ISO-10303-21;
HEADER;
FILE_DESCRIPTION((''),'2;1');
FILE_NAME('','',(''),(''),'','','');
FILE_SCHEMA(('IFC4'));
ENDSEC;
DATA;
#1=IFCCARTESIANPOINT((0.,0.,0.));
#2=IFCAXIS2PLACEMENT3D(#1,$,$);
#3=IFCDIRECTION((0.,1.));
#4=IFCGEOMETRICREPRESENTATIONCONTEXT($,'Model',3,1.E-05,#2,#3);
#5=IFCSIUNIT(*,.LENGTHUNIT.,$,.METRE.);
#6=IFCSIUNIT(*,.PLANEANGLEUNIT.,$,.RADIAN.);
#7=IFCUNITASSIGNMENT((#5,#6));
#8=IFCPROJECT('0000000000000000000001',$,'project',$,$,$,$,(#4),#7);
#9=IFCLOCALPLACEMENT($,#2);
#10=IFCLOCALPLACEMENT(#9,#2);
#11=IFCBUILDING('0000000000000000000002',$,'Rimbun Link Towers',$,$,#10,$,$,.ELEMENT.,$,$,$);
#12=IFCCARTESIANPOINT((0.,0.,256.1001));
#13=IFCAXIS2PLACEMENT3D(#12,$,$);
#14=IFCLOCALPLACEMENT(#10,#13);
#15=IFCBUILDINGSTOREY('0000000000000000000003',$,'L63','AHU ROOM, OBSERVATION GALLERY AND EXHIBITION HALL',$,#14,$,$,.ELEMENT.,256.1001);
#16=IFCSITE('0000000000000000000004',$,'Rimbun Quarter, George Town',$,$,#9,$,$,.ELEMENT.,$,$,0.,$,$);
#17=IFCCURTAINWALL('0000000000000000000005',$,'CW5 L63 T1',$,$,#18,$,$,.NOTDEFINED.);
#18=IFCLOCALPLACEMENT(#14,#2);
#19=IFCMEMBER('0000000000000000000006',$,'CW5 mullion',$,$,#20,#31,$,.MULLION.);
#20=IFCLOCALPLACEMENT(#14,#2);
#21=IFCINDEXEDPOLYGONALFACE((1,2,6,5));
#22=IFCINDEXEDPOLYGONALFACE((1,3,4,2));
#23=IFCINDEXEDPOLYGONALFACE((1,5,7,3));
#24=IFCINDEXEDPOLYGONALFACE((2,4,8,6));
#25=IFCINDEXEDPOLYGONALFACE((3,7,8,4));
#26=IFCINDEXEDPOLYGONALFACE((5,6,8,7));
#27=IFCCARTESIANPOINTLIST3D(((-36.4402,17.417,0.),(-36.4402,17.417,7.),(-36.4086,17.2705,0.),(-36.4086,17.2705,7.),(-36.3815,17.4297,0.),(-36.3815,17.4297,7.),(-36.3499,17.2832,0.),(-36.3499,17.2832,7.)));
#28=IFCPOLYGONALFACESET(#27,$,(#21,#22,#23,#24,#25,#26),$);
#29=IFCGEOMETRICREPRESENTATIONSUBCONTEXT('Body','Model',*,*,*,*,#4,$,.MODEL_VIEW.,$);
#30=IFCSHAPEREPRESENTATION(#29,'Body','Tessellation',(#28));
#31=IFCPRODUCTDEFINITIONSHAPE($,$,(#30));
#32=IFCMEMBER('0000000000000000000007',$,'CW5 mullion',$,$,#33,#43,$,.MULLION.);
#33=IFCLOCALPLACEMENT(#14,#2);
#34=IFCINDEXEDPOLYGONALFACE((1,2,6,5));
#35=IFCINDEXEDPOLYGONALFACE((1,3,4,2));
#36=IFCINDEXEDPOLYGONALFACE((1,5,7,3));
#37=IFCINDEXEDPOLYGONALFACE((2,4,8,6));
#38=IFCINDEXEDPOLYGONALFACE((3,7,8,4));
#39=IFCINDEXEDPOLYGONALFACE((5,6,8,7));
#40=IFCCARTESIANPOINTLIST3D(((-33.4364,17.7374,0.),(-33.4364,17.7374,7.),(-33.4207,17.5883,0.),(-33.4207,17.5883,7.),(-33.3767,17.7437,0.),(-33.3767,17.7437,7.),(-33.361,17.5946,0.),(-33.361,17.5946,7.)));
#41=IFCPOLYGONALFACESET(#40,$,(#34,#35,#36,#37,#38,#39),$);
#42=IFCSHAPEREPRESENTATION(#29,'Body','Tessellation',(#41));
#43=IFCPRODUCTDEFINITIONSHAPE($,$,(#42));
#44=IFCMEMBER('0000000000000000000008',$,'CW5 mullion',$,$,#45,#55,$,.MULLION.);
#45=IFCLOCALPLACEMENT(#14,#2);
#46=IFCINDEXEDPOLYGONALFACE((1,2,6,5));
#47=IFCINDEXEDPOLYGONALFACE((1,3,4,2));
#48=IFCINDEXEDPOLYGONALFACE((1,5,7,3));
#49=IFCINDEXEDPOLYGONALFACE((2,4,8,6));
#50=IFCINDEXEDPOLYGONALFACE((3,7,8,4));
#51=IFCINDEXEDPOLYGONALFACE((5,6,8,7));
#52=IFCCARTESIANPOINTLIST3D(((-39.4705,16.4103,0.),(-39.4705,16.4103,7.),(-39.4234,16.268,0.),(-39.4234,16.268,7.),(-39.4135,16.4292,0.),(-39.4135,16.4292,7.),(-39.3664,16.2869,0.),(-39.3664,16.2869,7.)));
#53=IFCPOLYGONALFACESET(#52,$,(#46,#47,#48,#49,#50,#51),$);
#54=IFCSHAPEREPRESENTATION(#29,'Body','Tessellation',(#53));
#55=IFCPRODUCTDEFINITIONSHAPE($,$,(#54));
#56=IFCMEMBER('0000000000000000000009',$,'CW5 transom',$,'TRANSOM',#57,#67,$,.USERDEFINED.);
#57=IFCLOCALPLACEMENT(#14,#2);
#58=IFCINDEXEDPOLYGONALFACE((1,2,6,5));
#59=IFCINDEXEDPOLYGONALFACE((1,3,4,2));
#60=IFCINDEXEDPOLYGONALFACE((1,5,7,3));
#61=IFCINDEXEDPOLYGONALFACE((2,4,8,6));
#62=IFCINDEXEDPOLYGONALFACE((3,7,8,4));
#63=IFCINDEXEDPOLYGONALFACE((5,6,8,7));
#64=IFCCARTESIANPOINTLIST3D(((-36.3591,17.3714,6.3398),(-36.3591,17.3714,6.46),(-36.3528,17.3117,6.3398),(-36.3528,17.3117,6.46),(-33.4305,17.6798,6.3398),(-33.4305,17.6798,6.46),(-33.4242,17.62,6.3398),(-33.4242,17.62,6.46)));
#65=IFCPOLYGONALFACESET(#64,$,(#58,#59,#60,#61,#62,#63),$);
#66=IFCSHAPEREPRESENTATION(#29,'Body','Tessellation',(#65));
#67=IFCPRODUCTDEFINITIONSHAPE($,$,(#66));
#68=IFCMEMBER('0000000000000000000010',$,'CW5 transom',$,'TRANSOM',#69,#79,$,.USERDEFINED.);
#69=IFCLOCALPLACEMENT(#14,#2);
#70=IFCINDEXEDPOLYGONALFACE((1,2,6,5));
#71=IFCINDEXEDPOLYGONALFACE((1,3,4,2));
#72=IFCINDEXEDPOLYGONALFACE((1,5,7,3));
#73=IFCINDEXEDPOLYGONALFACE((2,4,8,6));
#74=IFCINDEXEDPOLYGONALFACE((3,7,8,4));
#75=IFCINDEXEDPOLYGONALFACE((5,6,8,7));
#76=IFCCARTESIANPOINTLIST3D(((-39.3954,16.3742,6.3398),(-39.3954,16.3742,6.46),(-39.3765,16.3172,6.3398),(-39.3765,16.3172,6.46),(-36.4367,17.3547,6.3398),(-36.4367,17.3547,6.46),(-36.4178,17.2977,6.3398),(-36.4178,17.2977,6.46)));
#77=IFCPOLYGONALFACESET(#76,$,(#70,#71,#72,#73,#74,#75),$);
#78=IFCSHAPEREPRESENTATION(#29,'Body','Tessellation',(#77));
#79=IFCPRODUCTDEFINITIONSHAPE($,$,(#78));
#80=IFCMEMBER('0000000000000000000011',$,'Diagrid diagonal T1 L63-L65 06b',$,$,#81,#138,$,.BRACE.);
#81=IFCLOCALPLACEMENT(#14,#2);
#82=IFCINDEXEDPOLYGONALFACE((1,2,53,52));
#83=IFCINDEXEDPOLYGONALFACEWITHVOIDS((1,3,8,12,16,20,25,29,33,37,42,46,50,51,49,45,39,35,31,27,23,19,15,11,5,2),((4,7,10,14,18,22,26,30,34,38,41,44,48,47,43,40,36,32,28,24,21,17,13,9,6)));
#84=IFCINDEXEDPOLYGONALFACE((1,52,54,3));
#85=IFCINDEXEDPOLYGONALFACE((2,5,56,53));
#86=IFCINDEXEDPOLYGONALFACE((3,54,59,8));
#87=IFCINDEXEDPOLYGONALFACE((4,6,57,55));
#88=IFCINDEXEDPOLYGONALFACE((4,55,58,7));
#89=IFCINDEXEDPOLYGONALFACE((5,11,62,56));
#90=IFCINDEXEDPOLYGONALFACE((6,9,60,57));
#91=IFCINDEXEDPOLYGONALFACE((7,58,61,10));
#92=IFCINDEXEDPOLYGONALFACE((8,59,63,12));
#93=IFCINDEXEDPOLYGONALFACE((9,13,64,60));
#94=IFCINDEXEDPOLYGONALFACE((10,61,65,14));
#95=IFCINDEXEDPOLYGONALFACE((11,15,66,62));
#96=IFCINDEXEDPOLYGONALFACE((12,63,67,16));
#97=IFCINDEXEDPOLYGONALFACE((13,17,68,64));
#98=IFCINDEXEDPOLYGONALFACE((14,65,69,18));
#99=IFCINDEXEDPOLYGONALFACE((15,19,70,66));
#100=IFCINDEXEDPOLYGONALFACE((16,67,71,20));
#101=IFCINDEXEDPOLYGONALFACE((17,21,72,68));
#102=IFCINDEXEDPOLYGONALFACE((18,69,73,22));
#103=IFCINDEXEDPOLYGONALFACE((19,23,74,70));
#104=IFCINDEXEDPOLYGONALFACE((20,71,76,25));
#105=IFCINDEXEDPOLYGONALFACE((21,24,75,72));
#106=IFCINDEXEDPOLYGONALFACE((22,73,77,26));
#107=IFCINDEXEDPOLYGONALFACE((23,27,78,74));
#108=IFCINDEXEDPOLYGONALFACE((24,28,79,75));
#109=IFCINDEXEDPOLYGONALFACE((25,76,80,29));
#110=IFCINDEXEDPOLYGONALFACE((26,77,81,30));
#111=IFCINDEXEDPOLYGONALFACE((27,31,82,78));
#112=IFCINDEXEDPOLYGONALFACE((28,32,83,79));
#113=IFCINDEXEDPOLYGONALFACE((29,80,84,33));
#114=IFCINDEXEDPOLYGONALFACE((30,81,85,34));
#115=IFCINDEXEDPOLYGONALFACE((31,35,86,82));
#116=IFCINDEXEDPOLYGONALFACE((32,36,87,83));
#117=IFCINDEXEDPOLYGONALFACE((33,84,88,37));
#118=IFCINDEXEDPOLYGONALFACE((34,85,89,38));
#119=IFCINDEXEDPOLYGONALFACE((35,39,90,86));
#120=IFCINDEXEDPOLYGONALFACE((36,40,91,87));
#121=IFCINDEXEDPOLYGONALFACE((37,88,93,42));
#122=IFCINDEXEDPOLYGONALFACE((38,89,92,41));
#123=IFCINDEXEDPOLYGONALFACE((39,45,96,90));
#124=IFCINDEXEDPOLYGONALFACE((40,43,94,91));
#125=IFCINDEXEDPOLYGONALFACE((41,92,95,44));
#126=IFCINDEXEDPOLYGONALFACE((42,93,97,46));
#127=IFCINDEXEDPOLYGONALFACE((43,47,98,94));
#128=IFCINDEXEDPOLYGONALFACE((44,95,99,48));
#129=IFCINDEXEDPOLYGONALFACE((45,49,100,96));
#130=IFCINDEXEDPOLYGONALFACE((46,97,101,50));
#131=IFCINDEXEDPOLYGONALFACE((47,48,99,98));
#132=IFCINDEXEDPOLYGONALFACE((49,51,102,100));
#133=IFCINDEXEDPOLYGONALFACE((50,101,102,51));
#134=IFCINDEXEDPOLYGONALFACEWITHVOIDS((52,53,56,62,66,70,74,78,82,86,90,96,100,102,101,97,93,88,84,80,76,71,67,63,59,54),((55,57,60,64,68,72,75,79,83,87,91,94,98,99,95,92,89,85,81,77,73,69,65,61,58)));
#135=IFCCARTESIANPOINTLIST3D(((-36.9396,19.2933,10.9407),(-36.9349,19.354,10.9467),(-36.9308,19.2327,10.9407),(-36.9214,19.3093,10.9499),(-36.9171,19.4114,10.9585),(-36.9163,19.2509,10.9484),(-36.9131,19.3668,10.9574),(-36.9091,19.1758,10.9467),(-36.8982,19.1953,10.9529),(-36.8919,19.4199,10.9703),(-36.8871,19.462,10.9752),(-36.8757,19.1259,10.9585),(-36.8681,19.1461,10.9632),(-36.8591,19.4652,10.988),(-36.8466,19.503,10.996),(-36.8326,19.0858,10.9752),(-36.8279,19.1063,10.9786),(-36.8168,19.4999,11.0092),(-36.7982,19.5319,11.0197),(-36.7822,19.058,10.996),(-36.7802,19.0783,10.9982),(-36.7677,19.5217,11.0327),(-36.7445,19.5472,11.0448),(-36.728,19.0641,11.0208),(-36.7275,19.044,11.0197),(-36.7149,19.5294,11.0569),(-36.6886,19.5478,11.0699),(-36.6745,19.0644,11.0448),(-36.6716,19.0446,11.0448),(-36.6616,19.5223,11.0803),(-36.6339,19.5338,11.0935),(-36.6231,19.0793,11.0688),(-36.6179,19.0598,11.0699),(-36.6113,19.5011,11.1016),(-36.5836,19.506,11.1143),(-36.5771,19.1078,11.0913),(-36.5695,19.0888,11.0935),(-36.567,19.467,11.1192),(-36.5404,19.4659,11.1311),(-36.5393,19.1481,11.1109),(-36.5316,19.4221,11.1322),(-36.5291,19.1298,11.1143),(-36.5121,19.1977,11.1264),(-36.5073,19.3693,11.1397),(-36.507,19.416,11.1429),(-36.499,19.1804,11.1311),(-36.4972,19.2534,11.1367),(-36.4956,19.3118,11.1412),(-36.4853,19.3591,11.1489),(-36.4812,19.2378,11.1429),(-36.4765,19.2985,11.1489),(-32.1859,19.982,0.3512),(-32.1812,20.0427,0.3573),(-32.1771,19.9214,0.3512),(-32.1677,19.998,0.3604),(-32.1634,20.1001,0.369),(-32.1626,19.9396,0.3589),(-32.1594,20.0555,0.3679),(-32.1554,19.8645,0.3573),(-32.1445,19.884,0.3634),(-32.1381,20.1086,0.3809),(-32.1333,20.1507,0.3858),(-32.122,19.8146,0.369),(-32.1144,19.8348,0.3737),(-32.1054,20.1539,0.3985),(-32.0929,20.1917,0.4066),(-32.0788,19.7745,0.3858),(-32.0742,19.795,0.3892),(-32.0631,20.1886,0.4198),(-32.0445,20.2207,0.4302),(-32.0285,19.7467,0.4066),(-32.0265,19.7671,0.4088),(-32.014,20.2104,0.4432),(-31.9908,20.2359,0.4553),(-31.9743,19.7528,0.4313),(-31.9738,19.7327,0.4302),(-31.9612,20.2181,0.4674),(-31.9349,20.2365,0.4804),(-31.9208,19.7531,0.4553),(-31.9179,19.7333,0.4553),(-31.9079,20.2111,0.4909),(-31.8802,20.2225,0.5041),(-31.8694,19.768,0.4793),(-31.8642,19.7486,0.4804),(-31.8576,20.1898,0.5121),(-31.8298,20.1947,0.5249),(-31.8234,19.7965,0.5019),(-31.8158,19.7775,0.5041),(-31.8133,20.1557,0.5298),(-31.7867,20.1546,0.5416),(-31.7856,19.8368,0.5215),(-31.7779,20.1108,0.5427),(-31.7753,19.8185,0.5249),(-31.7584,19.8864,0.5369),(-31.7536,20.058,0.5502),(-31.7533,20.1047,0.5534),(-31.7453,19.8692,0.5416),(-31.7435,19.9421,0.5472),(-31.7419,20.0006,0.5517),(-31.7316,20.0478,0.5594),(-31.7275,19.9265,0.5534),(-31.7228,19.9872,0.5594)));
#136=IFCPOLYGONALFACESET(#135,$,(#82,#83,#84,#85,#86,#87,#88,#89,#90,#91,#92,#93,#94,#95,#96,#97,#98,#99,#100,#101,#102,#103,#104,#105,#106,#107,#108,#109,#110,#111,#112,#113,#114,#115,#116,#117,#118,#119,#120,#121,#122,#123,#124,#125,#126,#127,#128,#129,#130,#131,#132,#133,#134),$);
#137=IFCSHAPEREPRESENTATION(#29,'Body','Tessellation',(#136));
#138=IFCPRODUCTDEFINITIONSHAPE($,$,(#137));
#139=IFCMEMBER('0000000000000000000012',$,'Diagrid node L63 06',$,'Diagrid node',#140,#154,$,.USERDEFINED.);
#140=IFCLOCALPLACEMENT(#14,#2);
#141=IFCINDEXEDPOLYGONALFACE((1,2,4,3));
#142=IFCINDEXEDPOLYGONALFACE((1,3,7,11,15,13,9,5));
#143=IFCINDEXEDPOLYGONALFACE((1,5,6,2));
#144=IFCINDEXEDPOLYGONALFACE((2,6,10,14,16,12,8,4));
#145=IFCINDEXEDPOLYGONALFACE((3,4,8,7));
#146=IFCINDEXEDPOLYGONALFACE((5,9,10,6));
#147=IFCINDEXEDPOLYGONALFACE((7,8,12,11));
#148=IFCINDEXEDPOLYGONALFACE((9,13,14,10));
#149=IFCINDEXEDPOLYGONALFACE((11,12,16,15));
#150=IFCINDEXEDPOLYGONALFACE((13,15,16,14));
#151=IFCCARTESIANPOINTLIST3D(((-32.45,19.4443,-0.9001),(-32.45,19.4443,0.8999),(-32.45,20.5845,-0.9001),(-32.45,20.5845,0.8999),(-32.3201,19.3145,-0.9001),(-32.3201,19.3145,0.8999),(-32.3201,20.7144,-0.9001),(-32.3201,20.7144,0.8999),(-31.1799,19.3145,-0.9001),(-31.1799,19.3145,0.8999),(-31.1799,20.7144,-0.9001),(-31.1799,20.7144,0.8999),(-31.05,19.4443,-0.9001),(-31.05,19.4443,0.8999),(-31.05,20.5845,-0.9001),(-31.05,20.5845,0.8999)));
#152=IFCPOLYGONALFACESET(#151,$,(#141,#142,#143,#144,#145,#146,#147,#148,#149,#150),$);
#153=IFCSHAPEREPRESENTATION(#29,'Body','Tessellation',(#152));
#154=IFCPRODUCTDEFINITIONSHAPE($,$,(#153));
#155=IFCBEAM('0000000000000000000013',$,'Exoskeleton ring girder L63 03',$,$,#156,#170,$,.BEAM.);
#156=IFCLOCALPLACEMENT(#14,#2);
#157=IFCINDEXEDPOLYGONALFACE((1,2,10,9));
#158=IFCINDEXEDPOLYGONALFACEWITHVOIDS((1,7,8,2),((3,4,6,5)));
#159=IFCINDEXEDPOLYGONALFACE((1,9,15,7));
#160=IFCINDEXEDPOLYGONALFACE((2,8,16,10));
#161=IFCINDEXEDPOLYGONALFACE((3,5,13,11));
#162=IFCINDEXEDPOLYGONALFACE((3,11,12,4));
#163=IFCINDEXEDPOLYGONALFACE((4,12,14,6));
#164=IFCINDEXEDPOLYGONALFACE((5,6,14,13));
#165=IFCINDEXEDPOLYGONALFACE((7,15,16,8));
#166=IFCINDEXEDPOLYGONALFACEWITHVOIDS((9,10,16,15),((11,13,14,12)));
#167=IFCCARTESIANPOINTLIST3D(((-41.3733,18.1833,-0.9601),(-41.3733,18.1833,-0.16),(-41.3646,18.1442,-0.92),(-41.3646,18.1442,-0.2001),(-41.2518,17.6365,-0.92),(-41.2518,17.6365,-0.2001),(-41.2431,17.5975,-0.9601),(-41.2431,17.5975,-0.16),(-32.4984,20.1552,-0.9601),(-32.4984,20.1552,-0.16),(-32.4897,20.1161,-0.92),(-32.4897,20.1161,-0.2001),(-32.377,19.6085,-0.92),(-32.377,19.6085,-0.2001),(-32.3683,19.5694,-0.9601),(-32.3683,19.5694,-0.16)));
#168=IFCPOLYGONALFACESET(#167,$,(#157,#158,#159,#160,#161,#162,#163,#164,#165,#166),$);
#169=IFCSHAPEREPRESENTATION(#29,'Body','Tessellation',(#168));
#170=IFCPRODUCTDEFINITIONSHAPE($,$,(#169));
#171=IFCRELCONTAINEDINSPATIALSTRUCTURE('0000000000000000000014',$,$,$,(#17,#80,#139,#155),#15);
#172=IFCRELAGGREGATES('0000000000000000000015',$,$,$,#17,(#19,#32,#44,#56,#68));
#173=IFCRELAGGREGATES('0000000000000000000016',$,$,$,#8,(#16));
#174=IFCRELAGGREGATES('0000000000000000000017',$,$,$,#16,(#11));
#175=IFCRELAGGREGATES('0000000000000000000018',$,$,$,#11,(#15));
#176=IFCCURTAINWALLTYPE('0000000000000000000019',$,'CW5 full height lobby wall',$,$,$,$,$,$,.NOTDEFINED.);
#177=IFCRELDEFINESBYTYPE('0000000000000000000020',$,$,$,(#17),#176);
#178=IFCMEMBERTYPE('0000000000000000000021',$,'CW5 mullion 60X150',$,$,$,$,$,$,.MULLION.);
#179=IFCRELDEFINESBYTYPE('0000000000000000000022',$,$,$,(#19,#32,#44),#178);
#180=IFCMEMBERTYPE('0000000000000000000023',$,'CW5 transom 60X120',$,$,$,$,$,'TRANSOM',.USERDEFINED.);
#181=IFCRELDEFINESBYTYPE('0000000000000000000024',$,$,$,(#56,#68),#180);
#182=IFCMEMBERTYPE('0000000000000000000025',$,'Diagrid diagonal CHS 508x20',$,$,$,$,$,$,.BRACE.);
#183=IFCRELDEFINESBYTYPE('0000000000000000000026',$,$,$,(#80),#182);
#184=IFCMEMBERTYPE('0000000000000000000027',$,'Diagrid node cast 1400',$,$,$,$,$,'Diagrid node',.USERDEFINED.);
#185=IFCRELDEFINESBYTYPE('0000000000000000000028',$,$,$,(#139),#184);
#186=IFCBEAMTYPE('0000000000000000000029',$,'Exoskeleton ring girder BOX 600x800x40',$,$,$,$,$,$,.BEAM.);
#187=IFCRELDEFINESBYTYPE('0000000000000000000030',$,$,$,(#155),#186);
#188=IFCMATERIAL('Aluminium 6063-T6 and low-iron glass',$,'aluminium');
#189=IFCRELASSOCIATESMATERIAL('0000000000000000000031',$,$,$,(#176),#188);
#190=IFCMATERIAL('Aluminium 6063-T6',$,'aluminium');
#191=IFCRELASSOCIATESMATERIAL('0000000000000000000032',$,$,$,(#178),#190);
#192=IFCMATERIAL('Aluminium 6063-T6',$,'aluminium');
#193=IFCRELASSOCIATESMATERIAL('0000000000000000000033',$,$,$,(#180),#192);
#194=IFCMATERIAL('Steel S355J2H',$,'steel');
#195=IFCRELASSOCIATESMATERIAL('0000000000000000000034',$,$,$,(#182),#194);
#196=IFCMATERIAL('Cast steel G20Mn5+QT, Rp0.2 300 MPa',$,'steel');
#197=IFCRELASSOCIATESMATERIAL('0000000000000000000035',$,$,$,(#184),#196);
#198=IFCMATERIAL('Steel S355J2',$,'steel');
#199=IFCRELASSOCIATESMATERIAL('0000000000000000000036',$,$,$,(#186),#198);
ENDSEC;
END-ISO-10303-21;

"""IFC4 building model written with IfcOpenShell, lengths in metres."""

from ifc_helpers import new_model, si_unit, direction, frame, origin, origin_2d, place, context, subcontext, project, spatial, polyline, rectangle, hollow_rectangle, hollow_circle, outline, extrude, material, material_profile, profile_set, type_object, element, aggregate, save


model = new_model("IFC4")

# Units and contexts
model_context = context("Model", 3, precision=1e-05, world=origin(), true_north=direction((0.0, 1.0)))
body_context = subcontext(model_context, "Body", "Model", "MODEL_VIEW")
ifc_project = project(units=[si_unit("LENGTHUNIT", "METRE"), si_unit("PLANEANGLEUNIT", "RADIAN")], contexts=[model_context])

# Site, building, storey
site_placement = place(None, origin())
site = spatial("IfcSite", under=ifc_project, at=site_placement, Name="Rimbun Quarter, George Town", CompositionType="ELEMENT", RefElevation=0.0)
building_placement = place(site_placement, origin())
building = spatial("IfcBuilding", under=site, at=building_placement, Name="Rimbun Link Towers", CompositionType="ELEMENT")
storey_placement = place(building_placement, frame((0.0, 0.0, 256.1001)))
storey = spatial("IfcBuildingStorey", under=building, at=storey_placement, Name="L63", Description="AHU ROOM, OBSERVATION GALLERY AND EXHIBITION HALL", CompositionType="ELEMENT", Elevation=256.1001)

# Curtain wall, members
ifc_material_1 = material(Name="Aluminium 6063-T6 and low-iron glass", Category="aluminium")
curtain_wall_type = type_object("IfcCurtainWallType", Name="CW5 full height lobby wall", PredefinedType="NOTDEFINED", material=ifc_material_1)
curtain_wall_placement = place(storey_placement, origin())
curtain_wall = element("IfcCurtainWall", 1, at=curtain_wall_placement, inside=storey, type_object=curtain_wall_type, Name="CW5 L63 T1", PredefinedType="NOTDEFINED")
ifc_material_2 = material(Name="Aluminium 6063-T6", Category="aluminium")
ifc_material_profile_1 = material_profile(ifc_material_2, rectangle(XDim=0.1499, YDim=0.0601, at=origin_2d()), Name="MULLION 60X150")
ifc_profile_set_1 = profile_set([ifc_material_profile_1], Name="Aluminium 6063-T6")
member_type_1 = type_object("IfcMemberType", Name="CW5 mullion 60X150", PredefinedType="MULLION", material=ifc_profile_set_1)
member_1_placement = place(storey_placement, frame((-36.395, 17.3501, 0.0), z_axis=(0.0, 0.0, 1.0), x_axis=(-0.210861, 0.977516, 0.0)))
member_1 = element("IfcMember", 2, at=member_1_placement, type_object=member_type_1, Name="CW5 mullion", PredefinedType="MULLION", context=body_context, shape_type="SweptSolid", body=[
    extrude(rectangle(XDim=0.1499, YDim=0.0601, at=origin_2d()), origin(), (0.0, 0.0, 1.0), 7.0),
])
member_2_placement = place(storey_placement, frame((-33.3987, 17.666, 0.0), z_axis=(0.0, 0.0, 1.0), x_axis=(-0.104728, 0.994501, 0.0)))
member_2 = element("IfcMember", 3, at=member_2_placement, type_object=member_type_1, Name="CW5 mullion", PredefinedType="MULLION", context=body_context, shape_type="SweptSolid", body=[
    extrude(rectangle(XDim=0.1499, YDim=0.0601, at=origin_2d()), origin(), (0.0, 0.0, 1.0), 7.0),
])
member_3_placement = place(storey_placement, frame((-39.4185, 16.3486, 0.0), z_axis=(0.0, 0.0, 1.0), x_axis=(-0.314558, 0.949238, 0.0)))
member_3 = element("IfcMember", 4, at=member_3_placement, type_object=member_type_1, Name="CW5 mullion", PredefinedType="MULLION", context=body_context, shape_type="SweptSolid", body=[
    extrude(rectangle(XDim=0.1499, YDim=0.0601, at=origin_2d()), origin(), (0.0, 0.0, 1.0), 7.0),
])
ifc_material_3 = material(Name="Aluminium 6063-T6", Category="aluminium")
ifc_material_profile_2 = material_profile(ifc_material_3, rectangle(XDim=0.0601, YDim=0.1201, at=origin_2d()), Name="TRANSOM 60X120")
ifc_profile_set_2 = profile_set([ifc_material_profile_2], Name="Aluminium 6063-T6")
member_type_2 = type_object("IfcMemberType", Name="CW5 transom 60X120", ElementType="TRANSOM", PredefinedType="USERDEFINED", material=ifc_profile_set_2)
member_4_placement = place(storey_placement, frame((-36.356, 17.3416, 6.3999), z_axis=(0.994503, 0.104706, 0.0), x_axis=(-0.104706, 0.994503, 0.0)))
member_4 = element("IfcMember", 5, at=member_4_placement, type_object=member_type_2, Name="CW5 transom", ObjectType="TRANSOM", PredefinedType="USERDEFINED", context=body_context, shape_type="SweptSolid", body=[
    extrude(rectangle(XDim=0.0601, YDim=0.1201, at=origin_2d()), origin(), (0.0, 0.0, 1.0), 2.9448),
])
member_5_placement = place(storey_placement, frame((-39.386, 16.3457, 6.3999), z_axis=(0.949238, 0.314559, 0.0), x_axis=(-0.314559, 0.949238, 0.0)))
member_5 = element("IfcMember", 6, at=member_5_placement, type_object=member_type_2, Name="CW5 transom", ObjectType="TRANSOM", PredefinedType="USERDEFINED", context=body_context, shape_type="SweptSolid", body=[
    extrude(rectangle(XDim=0.0601, YDim=0.1201, at=origin_2d()), origin(), (0.0, 0.0, 1.0), 3.1169),
])

# Members
ifc_material_4 = material(Name="Steel S355J2H", Category="steel")
ifc_material_profile_3 = material_profile(ifc_material_4, hollow_circle(Radius=0.2539, WallThickness=0.02, at=origin_2d()), Name="Diagrid diagonal CHS 508x20")
ifc_profile_set_3 = profile_set([ifc_material_profile_3], Name="Steel S355J2H")
member_type_3 = type_object("IfcMemberType", Name="Diagrid diagonal CHS 508x20", PredefinedType="BRACE", material=ifc_profile_set_3)
member_6_placement = place(storey_placement, frame((-31.9543, 19.9846, 0.4553), z_axis=(-0.408818, -0.05923, 0.910692), x_axis=(0.143385, -0.989667, 0.0)))
element("IfcMember", 7, at=member_6_placement, inside=storey, type_object=member_type_3, Name="Diagrid diagonal T1 L63-L65 06b", PredefinedType="BRACE", context=body_context, shape_type="SweptSolid", body=[
    extrude(hollow_circle(Radius=0.2539, WallThickness=0.02, at=origin_2d()), origin(), (0.0, 0.0, 1.0), 11.6279),
])
ifc_material_5 = material(Name="Cast steel G20Mn5+QT, Rp0.2 300 MPa", Category="steel")
ifc_material_profile_4 = material_profile(ifc_material_5, outline(polyline([(0.7, -0.5701), (0.7, 0.5701), (0.5701, 0.7), (-0.5701, 0.7), (-0.7, 0.5701), (-0.7, -0.5701), (-0.5701, -0.7), (0.5701, -0.7), (0.7, -0.5701)])), Name="NODE 1400x1400")
ifc_profile_set_4 = profile_set([ifc_material_profile_4], Name="Cast steel G20Mn5+QT, Rp0.2 300 MPa")
member_type_4 = type_object("IfcMemberType", Name="Diagrid node cast 1400", ElementType="Diagrid node", PredefinedType="USERDEFINED", material=ifc_profile_set_4)
member_7_placement = place(storey_placement, frame((-31.75, 20.0144, -0.9001), z_axis=(0.0, 0.0, 1.0), x_axis=(0.0, 1.0, 0.0)))
element("IfcMember", 8, at=member_7_placement, inside=storey, type_object=member_type_4, Name="Diagrid node L63 06", ObjectType="Diagrid node", PredefinedType="USERDEFINED", context=body_context, shape_type="SweptSolid", body=[
    extrude(outline(polyline([(0.7, -0.5701), (0.7, 0.5701), (0.5701, 0.7), (-0.5701, 0.7), (-0.7, 0.5701), (-0.7, -0.5701), (-0.5701, -0.7), (0.5701, -0.7), (0.7, -0.5701)])), origin(), (0.0, 0.0, 1.0), 1.8),
])

# Beam
ifc_material_6 = material(Name="Steel S355J2", Category="steel")
ifc_material_profile_5 = material_profile(ifc_material_6, hollow_rectangle(XDim=0.6001, YDim=0.8, WallThickness=0.04, at=origin_2d()), Name="Exoskeleton ring girder BOX 600x800x40")
ifc_profile_set_5 = profile_set([ifc_material_profile_5], Name="Steel S355J2")
beam_type_1 = type_object("IfcBeamType", Name="Exoskeleton ring girder BOX 600x800x40", PredefinedType="BEAM", material=ifc_profile_set_5)
beam_1_placement = place(storey_placement, frame((-32.4333, 19.8623, -0.5601), z_axis=(-0.976193, -0.216905, 0.0), x_axis=(0.216905, -0.976193, 0.0)))
element("IfcBeam", 9, at=beam_1_placement, inside=storey, type_object=beam_type_1, Name="Exoskeleton ring girder L63 03", PredefinedType="BEAM", context=body_context, shape_type="SweptSolid", body=[
    extrude(hollow_rectangle(XDim=0.6001, YDim=0.8, WallThickness=0.04, at=origin_2d()), origin(), (0.0, 0.0, 1.0), 9.0913),
])

aggregate(curtain_wall, [member_1, member_2, member_3, member_4, member_5])

save(model, "model.ifc")
